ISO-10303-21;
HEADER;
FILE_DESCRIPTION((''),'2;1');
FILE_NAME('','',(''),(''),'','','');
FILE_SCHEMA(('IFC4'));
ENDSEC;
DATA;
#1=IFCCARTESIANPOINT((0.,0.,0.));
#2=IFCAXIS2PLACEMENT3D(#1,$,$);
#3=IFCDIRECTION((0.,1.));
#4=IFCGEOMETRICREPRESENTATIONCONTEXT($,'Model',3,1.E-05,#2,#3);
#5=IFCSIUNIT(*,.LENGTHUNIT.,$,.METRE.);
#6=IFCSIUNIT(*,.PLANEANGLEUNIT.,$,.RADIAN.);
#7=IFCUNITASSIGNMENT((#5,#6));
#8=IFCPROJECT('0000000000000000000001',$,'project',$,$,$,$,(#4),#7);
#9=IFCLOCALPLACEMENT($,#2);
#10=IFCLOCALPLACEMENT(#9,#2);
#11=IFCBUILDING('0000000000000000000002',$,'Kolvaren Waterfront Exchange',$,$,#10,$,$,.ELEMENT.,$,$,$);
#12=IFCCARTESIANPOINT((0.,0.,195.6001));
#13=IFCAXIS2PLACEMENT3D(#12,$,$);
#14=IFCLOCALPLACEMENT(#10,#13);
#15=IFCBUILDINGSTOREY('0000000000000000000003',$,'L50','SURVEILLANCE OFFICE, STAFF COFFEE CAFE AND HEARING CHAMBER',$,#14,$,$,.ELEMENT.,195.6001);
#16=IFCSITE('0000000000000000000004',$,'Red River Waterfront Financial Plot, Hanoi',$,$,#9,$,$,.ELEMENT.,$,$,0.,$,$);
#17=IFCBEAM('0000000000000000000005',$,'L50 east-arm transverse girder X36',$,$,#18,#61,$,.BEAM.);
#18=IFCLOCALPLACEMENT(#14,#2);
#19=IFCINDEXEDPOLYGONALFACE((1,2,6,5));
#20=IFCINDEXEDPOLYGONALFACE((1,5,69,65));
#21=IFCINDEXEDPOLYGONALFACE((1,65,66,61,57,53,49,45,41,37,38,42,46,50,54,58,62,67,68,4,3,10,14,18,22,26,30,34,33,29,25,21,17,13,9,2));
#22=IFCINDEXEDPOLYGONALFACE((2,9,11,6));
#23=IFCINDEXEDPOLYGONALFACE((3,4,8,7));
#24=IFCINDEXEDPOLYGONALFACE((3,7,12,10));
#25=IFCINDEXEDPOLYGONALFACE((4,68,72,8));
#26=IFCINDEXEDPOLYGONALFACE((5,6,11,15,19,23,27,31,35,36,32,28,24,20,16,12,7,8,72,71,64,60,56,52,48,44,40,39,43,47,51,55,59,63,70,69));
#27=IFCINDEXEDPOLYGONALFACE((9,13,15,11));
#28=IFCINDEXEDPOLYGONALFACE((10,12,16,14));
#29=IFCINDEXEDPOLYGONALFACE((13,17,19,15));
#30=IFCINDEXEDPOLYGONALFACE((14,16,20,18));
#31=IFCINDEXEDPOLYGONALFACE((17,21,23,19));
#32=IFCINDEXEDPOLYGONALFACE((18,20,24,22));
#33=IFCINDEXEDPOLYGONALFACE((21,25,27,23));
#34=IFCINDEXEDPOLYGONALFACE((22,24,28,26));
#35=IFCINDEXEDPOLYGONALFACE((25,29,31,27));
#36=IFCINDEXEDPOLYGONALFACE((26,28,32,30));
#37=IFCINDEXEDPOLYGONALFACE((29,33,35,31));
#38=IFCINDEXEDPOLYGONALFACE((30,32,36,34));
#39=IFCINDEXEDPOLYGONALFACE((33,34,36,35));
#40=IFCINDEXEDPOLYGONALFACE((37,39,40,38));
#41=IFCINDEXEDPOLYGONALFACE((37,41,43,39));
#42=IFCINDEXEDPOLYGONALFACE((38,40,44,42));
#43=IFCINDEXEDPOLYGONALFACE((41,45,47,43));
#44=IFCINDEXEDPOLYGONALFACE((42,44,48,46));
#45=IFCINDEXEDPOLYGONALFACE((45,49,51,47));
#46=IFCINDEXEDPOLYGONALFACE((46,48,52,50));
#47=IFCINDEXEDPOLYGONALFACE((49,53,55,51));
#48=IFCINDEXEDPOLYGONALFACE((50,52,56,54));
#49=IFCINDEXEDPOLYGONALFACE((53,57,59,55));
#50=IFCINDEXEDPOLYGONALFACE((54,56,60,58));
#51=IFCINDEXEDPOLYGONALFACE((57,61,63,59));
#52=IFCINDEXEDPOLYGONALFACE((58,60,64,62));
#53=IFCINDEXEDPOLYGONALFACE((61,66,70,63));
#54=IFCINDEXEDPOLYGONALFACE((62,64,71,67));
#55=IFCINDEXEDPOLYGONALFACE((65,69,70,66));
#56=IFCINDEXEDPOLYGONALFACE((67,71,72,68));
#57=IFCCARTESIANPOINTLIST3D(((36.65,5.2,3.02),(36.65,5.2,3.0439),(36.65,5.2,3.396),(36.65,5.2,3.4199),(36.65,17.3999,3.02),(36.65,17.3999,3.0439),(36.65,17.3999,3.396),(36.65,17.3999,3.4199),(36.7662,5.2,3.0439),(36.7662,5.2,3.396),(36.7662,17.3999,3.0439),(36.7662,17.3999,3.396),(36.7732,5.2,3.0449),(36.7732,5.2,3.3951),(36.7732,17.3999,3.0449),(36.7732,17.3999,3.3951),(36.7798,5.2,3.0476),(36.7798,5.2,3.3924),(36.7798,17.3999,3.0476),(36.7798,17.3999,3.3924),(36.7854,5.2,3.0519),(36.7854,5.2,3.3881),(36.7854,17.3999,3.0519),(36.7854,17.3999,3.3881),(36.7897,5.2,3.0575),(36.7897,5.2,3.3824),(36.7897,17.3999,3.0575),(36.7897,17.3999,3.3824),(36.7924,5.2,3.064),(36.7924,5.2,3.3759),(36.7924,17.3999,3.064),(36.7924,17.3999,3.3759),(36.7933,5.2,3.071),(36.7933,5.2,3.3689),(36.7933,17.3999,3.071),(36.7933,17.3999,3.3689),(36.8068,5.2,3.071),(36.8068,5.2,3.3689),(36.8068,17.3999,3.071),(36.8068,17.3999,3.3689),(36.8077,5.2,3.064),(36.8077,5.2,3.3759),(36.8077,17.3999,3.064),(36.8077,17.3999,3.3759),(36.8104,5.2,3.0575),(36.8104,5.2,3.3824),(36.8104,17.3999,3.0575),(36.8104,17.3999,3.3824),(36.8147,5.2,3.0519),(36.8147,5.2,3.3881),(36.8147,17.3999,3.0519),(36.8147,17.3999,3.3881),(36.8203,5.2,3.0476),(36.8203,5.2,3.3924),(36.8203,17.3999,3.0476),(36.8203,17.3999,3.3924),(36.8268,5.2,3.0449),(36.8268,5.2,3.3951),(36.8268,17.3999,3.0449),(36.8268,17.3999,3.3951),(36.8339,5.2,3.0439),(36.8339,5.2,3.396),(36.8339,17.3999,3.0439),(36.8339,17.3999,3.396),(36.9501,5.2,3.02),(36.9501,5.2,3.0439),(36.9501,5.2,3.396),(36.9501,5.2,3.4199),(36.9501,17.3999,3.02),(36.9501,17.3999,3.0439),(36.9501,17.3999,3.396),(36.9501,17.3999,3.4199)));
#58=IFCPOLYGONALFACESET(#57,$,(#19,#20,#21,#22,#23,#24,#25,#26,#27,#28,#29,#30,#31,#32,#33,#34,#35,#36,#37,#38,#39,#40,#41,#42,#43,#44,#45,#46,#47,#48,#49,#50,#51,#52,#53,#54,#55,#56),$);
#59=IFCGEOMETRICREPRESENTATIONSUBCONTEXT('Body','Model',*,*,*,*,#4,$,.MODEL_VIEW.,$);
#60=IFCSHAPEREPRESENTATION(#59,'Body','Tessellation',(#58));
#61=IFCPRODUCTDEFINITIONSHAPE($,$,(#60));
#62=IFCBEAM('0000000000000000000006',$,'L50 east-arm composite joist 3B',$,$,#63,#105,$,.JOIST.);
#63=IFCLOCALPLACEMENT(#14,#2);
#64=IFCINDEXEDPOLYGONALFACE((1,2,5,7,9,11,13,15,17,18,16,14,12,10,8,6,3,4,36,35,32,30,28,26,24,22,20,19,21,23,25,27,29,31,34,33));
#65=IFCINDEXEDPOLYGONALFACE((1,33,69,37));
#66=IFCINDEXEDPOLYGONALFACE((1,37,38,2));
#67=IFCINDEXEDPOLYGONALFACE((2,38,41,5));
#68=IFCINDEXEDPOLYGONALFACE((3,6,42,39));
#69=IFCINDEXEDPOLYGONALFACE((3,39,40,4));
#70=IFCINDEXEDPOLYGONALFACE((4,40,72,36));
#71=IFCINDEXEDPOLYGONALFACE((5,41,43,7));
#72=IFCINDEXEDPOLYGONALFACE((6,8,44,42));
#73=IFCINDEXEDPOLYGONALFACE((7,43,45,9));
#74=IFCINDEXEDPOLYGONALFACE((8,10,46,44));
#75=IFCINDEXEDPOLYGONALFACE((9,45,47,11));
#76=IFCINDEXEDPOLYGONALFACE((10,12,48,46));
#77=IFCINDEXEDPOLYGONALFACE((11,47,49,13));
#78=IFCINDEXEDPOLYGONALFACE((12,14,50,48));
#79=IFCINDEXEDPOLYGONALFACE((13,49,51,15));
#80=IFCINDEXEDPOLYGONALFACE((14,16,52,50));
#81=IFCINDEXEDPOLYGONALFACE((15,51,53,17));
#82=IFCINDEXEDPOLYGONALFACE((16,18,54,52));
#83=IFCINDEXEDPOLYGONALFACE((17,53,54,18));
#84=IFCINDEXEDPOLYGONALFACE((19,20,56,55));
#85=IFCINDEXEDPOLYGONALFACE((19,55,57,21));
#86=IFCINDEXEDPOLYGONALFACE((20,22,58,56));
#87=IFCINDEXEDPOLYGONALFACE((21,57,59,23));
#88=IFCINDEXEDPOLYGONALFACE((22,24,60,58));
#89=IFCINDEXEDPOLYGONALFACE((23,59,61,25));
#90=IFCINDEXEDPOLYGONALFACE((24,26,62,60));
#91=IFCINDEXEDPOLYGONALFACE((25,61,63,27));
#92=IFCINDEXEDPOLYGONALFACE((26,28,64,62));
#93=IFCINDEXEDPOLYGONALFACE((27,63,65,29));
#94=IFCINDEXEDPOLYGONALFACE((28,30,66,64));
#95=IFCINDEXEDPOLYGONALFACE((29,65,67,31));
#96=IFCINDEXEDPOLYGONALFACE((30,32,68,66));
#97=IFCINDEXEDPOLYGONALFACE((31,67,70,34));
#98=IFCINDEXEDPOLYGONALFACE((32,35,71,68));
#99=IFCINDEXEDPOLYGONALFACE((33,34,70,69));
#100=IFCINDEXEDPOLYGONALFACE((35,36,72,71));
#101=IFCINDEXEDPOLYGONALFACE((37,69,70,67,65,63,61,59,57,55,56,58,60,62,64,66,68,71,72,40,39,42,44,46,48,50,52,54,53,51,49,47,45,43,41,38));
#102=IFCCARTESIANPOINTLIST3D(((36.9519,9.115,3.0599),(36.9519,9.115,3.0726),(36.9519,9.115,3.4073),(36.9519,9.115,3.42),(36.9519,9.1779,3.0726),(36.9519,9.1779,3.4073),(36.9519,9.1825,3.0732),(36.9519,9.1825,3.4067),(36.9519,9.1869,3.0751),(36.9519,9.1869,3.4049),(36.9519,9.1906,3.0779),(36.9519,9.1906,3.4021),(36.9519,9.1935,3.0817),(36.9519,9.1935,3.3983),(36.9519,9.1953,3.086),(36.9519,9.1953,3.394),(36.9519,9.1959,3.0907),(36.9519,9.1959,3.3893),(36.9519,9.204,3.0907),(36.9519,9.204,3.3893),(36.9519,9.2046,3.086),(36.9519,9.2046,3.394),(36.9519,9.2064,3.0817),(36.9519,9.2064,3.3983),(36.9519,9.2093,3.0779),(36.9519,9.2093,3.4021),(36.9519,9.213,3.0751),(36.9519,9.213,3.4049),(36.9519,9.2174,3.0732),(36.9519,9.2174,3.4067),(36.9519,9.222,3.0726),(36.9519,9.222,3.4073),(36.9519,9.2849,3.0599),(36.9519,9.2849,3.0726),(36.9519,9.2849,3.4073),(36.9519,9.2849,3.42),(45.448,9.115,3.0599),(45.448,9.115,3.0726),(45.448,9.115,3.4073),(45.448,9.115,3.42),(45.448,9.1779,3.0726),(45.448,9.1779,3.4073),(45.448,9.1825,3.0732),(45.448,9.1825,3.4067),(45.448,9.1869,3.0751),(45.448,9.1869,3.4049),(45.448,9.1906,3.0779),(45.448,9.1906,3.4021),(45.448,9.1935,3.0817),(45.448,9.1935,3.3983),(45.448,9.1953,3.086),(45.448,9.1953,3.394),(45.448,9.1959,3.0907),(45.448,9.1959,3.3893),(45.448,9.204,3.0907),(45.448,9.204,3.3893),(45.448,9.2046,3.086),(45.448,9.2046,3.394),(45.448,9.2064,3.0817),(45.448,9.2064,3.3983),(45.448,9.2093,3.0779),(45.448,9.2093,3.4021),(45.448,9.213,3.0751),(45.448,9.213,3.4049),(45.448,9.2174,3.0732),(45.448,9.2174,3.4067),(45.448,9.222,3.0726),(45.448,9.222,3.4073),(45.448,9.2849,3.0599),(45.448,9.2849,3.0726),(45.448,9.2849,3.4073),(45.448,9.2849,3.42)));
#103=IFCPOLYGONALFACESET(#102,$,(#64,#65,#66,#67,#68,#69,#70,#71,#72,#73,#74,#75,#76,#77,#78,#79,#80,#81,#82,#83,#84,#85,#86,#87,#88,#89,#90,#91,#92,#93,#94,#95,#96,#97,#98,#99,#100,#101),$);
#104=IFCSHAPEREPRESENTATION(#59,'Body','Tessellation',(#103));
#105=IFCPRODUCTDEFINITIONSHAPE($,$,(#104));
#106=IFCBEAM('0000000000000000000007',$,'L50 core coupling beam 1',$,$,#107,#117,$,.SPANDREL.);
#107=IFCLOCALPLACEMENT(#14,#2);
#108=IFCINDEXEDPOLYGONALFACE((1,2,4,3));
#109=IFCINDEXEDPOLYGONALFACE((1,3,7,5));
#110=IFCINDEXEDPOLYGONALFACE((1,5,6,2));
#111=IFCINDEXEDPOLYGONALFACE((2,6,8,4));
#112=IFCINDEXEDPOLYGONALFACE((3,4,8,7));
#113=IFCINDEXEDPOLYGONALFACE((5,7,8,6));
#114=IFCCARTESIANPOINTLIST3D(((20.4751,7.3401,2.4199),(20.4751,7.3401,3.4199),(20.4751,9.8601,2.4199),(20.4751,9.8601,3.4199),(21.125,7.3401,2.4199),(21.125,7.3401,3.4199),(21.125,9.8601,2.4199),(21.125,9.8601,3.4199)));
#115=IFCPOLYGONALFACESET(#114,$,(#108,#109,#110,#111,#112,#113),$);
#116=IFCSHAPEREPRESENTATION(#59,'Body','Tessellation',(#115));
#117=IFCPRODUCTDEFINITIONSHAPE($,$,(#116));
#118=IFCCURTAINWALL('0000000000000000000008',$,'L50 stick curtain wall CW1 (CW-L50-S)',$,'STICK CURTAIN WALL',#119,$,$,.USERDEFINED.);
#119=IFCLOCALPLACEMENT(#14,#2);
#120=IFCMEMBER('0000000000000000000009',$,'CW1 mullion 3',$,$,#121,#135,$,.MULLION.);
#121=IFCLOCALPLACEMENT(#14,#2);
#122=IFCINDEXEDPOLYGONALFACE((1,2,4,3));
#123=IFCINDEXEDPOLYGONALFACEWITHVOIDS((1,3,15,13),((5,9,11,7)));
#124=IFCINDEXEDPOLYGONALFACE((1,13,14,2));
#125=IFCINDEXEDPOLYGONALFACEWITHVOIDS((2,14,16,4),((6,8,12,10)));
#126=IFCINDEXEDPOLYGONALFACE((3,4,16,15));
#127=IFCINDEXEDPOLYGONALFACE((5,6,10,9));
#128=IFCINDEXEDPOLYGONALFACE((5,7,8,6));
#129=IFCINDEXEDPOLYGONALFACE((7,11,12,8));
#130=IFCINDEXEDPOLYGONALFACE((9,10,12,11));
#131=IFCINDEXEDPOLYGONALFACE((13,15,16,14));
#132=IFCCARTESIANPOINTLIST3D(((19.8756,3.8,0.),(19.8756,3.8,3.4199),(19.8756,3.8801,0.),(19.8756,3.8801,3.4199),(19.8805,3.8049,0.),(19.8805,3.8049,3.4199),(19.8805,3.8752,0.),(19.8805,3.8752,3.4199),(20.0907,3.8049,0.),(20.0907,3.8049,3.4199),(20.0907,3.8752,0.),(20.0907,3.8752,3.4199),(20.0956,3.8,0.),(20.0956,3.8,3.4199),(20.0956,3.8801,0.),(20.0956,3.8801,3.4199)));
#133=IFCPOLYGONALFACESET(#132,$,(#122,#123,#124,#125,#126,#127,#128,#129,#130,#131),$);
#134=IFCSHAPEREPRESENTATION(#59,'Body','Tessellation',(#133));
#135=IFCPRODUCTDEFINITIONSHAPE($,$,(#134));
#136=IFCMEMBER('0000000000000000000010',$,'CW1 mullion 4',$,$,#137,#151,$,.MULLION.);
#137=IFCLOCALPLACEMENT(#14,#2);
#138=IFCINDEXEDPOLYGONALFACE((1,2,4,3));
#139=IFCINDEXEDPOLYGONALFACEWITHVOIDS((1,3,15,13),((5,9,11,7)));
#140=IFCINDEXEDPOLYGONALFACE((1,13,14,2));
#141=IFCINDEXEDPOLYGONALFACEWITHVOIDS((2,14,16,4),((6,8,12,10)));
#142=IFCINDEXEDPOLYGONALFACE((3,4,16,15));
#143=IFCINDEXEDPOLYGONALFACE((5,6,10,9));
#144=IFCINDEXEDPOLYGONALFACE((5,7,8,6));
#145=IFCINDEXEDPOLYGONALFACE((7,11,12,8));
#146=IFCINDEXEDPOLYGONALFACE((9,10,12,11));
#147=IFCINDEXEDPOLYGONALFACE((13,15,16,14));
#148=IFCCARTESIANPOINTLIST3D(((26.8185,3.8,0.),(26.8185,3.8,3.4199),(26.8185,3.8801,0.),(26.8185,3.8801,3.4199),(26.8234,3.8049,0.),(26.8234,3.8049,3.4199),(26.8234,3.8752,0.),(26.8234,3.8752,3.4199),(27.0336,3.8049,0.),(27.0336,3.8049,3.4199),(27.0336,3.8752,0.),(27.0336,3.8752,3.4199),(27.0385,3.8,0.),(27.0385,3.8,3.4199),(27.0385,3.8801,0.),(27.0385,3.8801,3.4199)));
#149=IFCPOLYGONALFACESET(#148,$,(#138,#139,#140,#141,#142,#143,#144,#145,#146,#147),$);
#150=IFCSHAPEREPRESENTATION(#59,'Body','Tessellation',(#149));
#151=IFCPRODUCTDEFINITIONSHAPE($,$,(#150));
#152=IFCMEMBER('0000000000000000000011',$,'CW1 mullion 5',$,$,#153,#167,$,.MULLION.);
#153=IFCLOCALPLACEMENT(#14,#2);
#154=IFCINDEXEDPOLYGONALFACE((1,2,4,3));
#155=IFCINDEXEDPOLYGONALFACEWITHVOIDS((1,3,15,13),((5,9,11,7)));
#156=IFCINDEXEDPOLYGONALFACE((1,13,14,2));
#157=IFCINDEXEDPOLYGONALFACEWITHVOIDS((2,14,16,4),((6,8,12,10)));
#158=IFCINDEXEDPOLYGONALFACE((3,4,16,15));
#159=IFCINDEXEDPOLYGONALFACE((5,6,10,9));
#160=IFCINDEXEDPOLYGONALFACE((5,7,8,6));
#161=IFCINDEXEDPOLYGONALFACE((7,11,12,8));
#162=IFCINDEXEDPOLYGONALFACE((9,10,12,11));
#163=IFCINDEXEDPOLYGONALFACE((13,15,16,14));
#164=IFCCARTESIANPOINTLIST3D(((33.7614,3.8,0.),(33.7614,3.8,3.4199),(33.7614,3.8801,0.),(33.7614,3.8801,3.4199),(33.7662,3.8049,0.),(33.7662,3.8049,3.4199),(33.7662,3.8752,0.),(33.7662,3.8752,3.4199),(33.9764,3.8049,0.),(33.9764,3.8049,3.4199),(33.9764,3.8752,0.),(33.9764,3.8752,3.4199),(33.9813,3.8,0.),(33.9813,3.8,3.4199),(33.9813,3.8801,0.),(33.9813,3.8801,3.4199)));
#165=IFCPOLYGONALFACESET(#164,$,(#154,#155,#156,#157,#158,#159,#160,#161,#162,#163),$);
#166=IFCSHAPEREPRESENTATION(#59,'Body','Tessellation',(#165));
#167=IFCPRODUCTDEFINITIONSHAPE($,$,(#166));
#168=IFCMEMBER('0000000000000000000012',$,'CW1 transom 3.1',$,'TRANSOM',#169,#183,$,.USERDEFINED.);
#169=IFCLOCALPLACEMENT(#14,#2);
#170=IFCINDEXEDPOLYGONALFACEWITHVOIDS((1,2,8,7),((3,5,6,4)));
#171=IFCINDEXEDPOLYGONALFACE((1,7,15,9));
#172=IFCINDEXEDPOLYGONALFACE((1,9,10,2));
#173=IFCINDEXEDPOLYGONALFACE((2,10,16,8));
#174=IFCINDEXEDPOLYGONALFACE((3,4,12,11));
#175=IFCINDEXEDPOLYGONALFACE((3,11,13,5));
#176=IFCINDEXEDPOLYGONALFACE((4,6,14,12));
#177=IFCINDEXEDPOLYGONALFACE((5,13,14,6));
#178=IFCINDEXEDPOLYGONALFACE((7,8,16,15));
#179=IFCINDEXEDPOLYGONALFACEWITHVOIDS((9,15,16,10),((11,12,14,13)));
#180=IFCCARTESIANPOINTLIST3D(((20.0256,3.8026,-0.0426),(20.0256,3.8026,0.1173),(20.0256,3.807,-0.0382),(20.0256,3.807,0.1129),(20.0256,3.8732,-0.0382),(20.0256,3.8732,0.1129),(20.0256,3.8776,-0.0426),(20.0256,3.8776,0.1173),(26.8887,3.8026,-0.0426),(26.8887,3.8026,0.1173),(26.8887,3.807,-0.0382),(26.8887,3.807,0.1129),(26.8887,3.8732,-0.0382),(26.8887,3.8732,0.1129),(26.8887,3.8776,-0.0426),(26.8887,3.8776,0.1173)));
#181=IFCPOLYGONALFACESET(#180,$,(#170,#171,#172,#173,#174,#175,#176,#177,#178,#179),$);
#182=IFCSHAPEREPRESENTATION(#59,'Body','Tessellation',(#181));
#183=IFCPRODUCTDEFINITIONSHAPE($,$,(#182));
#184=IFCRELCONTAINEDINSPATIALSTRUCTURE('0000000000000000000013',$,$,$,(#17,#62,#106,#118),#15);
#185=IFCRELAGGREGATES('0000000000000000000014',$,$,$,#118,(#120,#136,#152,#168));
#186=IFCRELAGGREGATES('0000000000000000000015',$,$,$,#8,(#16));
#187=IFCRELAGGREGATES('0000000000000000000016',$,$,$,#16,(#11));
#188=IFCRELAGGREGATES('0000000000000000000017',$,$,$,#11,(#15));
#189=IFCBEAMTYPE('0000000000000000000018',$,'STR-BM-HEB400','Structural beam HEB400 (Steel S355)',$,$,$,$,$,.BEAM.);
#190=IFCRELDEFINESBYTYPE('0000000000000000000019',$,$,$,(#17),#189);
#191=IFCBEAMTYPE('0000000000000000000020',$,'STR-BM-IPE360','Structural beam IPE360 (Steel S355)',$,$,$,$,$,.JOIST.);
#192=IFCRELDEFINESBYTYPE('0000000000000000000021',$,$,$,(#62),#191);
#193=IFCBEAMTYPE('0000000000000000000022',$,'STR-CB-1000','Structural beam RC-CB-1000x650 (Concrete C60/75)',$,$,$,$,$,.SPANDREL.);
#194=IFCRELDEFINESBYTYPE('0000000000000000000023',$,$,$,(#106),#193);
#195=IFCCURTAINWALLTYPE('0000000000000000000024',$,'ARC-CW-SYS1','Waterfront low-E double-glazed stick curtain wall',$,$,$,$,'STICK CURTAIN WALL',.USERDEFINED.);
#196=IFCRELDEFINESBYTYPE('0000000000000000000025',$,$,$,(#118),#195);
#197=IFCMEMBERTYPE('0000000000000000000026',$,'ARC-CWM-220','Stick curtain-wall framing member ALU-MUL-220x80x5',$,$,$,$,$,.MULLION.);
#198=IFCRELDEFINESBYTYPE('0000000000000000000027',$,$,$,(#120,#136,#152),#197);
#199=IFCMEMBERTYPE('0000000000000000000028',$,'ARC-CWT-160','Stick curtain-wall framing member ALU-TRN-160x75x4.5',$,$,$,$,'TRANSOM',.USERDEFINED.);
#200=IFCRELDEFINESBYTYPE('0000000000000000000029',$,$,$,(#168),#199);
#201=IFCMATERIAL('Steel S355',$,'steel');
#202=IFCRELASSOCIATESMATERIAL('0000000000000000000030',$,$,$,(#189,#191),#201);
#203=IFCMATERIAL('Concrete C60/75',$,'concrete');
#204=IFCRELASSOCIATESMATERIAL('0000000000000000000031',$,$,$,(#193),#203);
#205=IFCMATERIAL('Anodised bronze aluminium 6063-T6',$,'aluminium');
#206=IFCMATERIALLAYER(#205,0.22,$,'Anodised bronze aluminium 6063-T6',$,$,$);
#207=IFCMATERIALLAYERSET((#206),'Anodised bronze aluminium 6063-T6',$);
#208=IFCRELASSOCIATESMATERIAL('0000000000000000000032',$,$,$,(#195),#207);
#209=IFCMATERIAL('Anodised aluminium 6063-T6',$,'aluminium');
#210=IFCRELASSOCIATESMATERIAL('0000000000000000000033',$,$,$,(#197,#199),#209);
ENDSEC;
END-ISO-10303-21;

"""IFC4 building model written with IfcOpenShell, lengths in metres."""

from ifc_helpers import new_model, si_unit, direction, frame, origin, origin_with_axes, origin_2d, place, context, subcontext, project, spatial, rectangle, hollow_rectangle, i_section, extrude, source, transform, mapped, material, layer, layer_set, material_profile, profile_set, type_object, element, aggregate, save


model = new_model("IFC4")

# Units and contexts
model_context = context("Model", 3, precision=1e-05, world=origin(), true_north=direction((0.0, 1.0)))
body_context = subcontext(model_context, "Body", "Model", "MODEL_VIEW")
ifc_project = project(units=[si_unit("LENGTHUNIT", "METRE"), si_unit("PLANEANGLEUNIT", "RADIAN")], contexts=[model_context])

# Site, building, storey
site_placement = place(None, origin())
site = spatial("IfcSite", under=ifc_project, at=site_placement, Name="Red River Waterfront Financial Plot, Hanoi", CompositionType="ELEMENT", RefElevation=0.0)
building_placement = place(site_placement, origin())
building = spatial("IfcBuilding", under=site, at=building_placement, Name="Kolvaren Waterfront Exchange", CompositionType="ELEMENT")
storey_placement = place(building_placement, frame((0.0, 0.0, 195.6001)))
storey = spatial("IfcBuildingStorey", under=building, at=storey_placement, Name="L50", Description="SURVEILLANCE OFFICE, STAFF COFFEE CAFE AND HEARING CHAMBER", CompositionType="ELEMENT", Elevation=195.6001)

# Shared definitions
ifc_material_1 = material(Name="Concrete C60/75", Category="concrete")

# Beams
ifc_material_2 = material(Name="Steel S355", Category="steel")
ifc_material_profile_1 = material_profile(ifc_material_2, i_section(OverallWidth=0.3, OverallDepth=0.3999, WebThickness=0.0134, FlangeThickness=0.0239, FilletRadius=0.0271, at=origin_2d()), Name="HEB400")
ifc_profile_set_1 = profile_set([ifc_material_profile_1], Name="Steel S355")
beam_type_1 = type_object("IfcBeamType", Name="STR-BM-HEB400", Description="Structural beam HEB400 (Steel S355)", PredefinedType="BEAM", material=ifc_profile_set_1)
for number, where, z_axis, x_axis, name in (
    (1, (36.8, 5.2, 3.22), (0.0, 1.0, 0.0), (-1.0, 0.0, 0.0), "L50 east-arm transverse girder X36"),
):
    element("IfcBeam", number, at=place(storey_placement, frame(where, z_axis=z_axis, x_axis=x_axis)), inside=storey, type_object=beam_type_1, Name=name, PredefinedType="BEAM", context=body_context, shape_type="SweptSolid", body=[
        extrude(i_section(OverallWidth=0.3, OverallDepth=0.3999, WebThickness=0.0134, FlangeThickness=0.0239, FilletRadius=0.0271, at=origin_2d()), origin(), (0.0, 0.0, 1.0), 12.2),
    ])
ifc_material_profile_2 = material_profile(ifc_material_2, i_section(OverallWidth=0.1699, OverallDepth=0.3601, WebThickness=0.0081, FlangeThickness=0.0127, FilletRadius=0.0181, at=origin_2d()), Name="IPE360")
ifc_profile_set_2 = profile_set([ifc_material_profile_2], Name="Steel S355")
beam_type_2 = type_object("IfcBeamType", Name="STR-BM-IPE360", Description="Structural beam IPE360 (Steel S355)", PredefinedType="JOIST", material=ifc_profile_set_2)
beam_1_placement = place(storey_placement, frame((36.9519, 9.2, 3.24), z_axis=(1.0, 0.0, 0.0), x_axis=(0.0, 1.0, 0.0)))
element("IfcBeam", 2, at=beam_1_placement, inside=storey, type_object=beam_type_2, Name="L50 east-arm composite joist 3B", PredefinedType="JOIST", context=body_context, shape_type="SweptSolid", body=[
    extrude(i_section(OverallWidth=0.1699, OverallDepth=0.3601, WebThickness=0.0081, FlangeThickness=0.0127, FilletRadius=0.0181, at=origin_2d()), origin(), (0.0, 0.0, 1.0), 8.4961),
])
ifc_material_profile_3 = material_profile(ifc_material_1, rectangle(XDim=0.6499, YDim=1.0, at=origin_2d()), Name="RC-CB-1000x650")
ifc_profile_set_3 = profile_set([ifc_material_profile_3], Name="Concrete C60/75")
beam_type_3 = type_object("IfcBeamType", Name="STR-CB-1000", Description="Structural beam RC-CB-1000x650 (Concrete C60/75)", PredefinedType="SPANDREL", material=ifc_profile_set_3)
beam_2_placement = place(storey_placement, frame((20.8, 7.3401, 2.9199), z_axis=(0.0, 1.0, 0.0), x_axis=(-1.0, 0.0, 0.0)))
element("IfcBeam", 3, at=beam_2_placement, inside=storey, type_object=beam_type_3, Name="L50 core coupling beam 1", PredefinedType="SPANDREL", context=body_context, shape_type="SweptSolid", body=[
    extrude(rectangle(XDim=0.6499, YDim=1.0, at=origin_2d()), origin(), (0.0, 0.0, 1.0), 2.52),
])

# Curtain wall, members
ifc_material_3 = material(Name="Anodised bronze aluminium 6063-T6", Category="aluminium")
ifc_layer_1 = layer(ifc_material_3, 0.22, Name="Anodised bronze aluminium 6063-T6")
ifc_layer_set_1 = layer_set([ifc_layer_1], Name="Anodised bronze aluminium 6063-T6")
curtain_wall_type = type_object("IfcCurtainWallType", Name="ARC-CW-SYS1", Description="Waterfront low-E double-glazed stick curtain wall", ElementType="STICK CURTAIN WALL", PredefinedType="USERDEFINED", material=ifc_layer_set_1)
curtain_wall_placement = place(storey_placement, origin())
curtain_wall = element("IfcCurtainWall", 4, at=curtain_wall_placement, inside=storey, type_object=curtain_wall_type, Name="L50 stick curtain wall CW1 (CW-L50-S)", ObjectType="STICK CURTAIN WALL", PredefinedType="USERDEFINED")
ifc_material_4 = material(Name="Anodised aluminium 6063-T6", Category="aluminium")
ifc_material_profile_4 = material_profile(ifc_material_4, hollow_rectangle(XDim=0.0801, YDim=0.22, WallThickness=0.0049, at=origin_2d()), Name="ALU-MUL-220x80x5")
ifc_profile_set_4 = profile_set([ifc_material_profile_4], Name="Anodised aluminium 6063-T6")
member_type_1 = type_object("IfcMemberType", Name="ARC-CWM-220", Description="Stick curtain-wall framing member ALU-MUL-220x80x5", PredefinedType="MULLION", material=ifc_profile_set_4)
shared_shape_1 = source(origin_with_axes(), body_context, "Body", "SweptSolid", [
    extrude(hollow_rectangle(XDim=0.0801, YDim=0.22, WallThickness=0.0049, at=origin_2d()), origin(), (0.0, 0.0, 1.0), 3.4199),
])
member_1_placement = place(storey_placement, frame((19.9856, 3.8401, 0.0), z_axis=(0.0, 0.0, 1.0), x_axis=(0.0, 1.0, 0.0)))
member_1 = element("IfcMember", 5, at=member_1_placement, type_object=member_type_1, Name="CW1 mullion 3", PredefinedType="MULLION", context=body_context, shape_type="MappedRepresentation", body=[
    mapped(shared_shape_1, transform((0.0, 0.0, 0.0), x_axis=(1.0, 0.0, 0.0), y_axis=(0.0, 1.0, 0.0), z_axis=(0.0, 0.0, 1.0), scale=1.0)),
])
member_2_placement = place(storey_placement, frame((26.9285, 3.8401, 0.0), z_axis=(0.0, 0.0, 1.0), x_axis=(0.0, 1.0, 0.0)))
member_2 = element("IfcMember", 6, at=member_2_placement, type_object=member_type_1, Name="CW1 mullion 4", PredefinedType="MULLION", context=body_context, shape_type="MappedRepresentation", body=[
    mapped(shared_shape_1, transform((0.0, 0.0, 0.0), x_axis=(1.0, 0.0, 0.0), y_axis=(0.0, 1.0, 0.0), z_axis=(0.0, 0.0, 1.0), scale=1.0)),
])
member_3_placement = place(storey_placement, frame((33.8713, 3.8401, 0.0), z_axis=(0.0, 0.0, 1.0), x_axis=(0.0, 1.0, 0.0)))
member_3 = element("IfcMember", 7, at=member_3_placement, type_object=member_type_1, Name="CW1 mullion 5", PredefinedType="MULLION", context=body_context, shape_type="MappedRepresentation", body=[
    mapped(shared_shape_1, transform((0.0, 0.0, 0.0), x_axis=(1.0, 0.0, 0.0), y_axis=(0.0, 1.0, 0.0), z_axis=(0.0, 0.0, 1.0), scale=1.0)),
])
ifc_material_profile_5 = material_profile(ifc_material_4, hollow_rectangle(XDim=0.075, YDim=0.1599, WallThickness=0.0044, at=origin_2d()), Name="ALU-TRN-160x75x4.5")
ifc_profile_set_5 = profile_set([ifc_material_profile_5], Name="Anodised aluminium 6063-T6")
member_type_2 = type_object("IfcMemberType", Name="ARC-CWT-160", Description="Stick curtain-wall framing member ALU-TRN-160x75x4.5", ElementType="TRANSOM", PredefinedType="USERDEFINED", material=ifc_profile_set_5)
shared_shape_2 = source(origin_with_axes(), body_context, "Body", "SweptSolid", [
    extrude(hollow_rectangle(XDim=0.075, YDim=0.1599, WallThickness=0.0044, at=origin_2d()), origin(), (0.0, 0.0, 1.0), 6.863),
])
member_4_placement = place(storey_placement, frame((20.0256, 3.8401, 0.0374), z_axis=(1.0, 0.0, 0.0), x_axis=(0.0, 1.0, 0.0)))
member_4 = element("IfcMember", 8, at=member_4_placement, type_object=member_type_2, Name="CW1 transom 3.1", ObjectType="TRANSOM", PredefinedType="USERDEFINED", context=body_context, shape_type="MappedRepresentation", body=[
    mapped(shared_shape_2, transform((0.0, 0.0, 0.0), x_axis=(1.0, 0.0, 0.0), y_axis=(0.0, 1.0, 0.0), z_axis=(0.0, 0.0, 1.0), scale=1.0)),
])
aggregate(curtain_wall, [member_1, member_2, member_3, member_4])

save(model, "model.ifc")
